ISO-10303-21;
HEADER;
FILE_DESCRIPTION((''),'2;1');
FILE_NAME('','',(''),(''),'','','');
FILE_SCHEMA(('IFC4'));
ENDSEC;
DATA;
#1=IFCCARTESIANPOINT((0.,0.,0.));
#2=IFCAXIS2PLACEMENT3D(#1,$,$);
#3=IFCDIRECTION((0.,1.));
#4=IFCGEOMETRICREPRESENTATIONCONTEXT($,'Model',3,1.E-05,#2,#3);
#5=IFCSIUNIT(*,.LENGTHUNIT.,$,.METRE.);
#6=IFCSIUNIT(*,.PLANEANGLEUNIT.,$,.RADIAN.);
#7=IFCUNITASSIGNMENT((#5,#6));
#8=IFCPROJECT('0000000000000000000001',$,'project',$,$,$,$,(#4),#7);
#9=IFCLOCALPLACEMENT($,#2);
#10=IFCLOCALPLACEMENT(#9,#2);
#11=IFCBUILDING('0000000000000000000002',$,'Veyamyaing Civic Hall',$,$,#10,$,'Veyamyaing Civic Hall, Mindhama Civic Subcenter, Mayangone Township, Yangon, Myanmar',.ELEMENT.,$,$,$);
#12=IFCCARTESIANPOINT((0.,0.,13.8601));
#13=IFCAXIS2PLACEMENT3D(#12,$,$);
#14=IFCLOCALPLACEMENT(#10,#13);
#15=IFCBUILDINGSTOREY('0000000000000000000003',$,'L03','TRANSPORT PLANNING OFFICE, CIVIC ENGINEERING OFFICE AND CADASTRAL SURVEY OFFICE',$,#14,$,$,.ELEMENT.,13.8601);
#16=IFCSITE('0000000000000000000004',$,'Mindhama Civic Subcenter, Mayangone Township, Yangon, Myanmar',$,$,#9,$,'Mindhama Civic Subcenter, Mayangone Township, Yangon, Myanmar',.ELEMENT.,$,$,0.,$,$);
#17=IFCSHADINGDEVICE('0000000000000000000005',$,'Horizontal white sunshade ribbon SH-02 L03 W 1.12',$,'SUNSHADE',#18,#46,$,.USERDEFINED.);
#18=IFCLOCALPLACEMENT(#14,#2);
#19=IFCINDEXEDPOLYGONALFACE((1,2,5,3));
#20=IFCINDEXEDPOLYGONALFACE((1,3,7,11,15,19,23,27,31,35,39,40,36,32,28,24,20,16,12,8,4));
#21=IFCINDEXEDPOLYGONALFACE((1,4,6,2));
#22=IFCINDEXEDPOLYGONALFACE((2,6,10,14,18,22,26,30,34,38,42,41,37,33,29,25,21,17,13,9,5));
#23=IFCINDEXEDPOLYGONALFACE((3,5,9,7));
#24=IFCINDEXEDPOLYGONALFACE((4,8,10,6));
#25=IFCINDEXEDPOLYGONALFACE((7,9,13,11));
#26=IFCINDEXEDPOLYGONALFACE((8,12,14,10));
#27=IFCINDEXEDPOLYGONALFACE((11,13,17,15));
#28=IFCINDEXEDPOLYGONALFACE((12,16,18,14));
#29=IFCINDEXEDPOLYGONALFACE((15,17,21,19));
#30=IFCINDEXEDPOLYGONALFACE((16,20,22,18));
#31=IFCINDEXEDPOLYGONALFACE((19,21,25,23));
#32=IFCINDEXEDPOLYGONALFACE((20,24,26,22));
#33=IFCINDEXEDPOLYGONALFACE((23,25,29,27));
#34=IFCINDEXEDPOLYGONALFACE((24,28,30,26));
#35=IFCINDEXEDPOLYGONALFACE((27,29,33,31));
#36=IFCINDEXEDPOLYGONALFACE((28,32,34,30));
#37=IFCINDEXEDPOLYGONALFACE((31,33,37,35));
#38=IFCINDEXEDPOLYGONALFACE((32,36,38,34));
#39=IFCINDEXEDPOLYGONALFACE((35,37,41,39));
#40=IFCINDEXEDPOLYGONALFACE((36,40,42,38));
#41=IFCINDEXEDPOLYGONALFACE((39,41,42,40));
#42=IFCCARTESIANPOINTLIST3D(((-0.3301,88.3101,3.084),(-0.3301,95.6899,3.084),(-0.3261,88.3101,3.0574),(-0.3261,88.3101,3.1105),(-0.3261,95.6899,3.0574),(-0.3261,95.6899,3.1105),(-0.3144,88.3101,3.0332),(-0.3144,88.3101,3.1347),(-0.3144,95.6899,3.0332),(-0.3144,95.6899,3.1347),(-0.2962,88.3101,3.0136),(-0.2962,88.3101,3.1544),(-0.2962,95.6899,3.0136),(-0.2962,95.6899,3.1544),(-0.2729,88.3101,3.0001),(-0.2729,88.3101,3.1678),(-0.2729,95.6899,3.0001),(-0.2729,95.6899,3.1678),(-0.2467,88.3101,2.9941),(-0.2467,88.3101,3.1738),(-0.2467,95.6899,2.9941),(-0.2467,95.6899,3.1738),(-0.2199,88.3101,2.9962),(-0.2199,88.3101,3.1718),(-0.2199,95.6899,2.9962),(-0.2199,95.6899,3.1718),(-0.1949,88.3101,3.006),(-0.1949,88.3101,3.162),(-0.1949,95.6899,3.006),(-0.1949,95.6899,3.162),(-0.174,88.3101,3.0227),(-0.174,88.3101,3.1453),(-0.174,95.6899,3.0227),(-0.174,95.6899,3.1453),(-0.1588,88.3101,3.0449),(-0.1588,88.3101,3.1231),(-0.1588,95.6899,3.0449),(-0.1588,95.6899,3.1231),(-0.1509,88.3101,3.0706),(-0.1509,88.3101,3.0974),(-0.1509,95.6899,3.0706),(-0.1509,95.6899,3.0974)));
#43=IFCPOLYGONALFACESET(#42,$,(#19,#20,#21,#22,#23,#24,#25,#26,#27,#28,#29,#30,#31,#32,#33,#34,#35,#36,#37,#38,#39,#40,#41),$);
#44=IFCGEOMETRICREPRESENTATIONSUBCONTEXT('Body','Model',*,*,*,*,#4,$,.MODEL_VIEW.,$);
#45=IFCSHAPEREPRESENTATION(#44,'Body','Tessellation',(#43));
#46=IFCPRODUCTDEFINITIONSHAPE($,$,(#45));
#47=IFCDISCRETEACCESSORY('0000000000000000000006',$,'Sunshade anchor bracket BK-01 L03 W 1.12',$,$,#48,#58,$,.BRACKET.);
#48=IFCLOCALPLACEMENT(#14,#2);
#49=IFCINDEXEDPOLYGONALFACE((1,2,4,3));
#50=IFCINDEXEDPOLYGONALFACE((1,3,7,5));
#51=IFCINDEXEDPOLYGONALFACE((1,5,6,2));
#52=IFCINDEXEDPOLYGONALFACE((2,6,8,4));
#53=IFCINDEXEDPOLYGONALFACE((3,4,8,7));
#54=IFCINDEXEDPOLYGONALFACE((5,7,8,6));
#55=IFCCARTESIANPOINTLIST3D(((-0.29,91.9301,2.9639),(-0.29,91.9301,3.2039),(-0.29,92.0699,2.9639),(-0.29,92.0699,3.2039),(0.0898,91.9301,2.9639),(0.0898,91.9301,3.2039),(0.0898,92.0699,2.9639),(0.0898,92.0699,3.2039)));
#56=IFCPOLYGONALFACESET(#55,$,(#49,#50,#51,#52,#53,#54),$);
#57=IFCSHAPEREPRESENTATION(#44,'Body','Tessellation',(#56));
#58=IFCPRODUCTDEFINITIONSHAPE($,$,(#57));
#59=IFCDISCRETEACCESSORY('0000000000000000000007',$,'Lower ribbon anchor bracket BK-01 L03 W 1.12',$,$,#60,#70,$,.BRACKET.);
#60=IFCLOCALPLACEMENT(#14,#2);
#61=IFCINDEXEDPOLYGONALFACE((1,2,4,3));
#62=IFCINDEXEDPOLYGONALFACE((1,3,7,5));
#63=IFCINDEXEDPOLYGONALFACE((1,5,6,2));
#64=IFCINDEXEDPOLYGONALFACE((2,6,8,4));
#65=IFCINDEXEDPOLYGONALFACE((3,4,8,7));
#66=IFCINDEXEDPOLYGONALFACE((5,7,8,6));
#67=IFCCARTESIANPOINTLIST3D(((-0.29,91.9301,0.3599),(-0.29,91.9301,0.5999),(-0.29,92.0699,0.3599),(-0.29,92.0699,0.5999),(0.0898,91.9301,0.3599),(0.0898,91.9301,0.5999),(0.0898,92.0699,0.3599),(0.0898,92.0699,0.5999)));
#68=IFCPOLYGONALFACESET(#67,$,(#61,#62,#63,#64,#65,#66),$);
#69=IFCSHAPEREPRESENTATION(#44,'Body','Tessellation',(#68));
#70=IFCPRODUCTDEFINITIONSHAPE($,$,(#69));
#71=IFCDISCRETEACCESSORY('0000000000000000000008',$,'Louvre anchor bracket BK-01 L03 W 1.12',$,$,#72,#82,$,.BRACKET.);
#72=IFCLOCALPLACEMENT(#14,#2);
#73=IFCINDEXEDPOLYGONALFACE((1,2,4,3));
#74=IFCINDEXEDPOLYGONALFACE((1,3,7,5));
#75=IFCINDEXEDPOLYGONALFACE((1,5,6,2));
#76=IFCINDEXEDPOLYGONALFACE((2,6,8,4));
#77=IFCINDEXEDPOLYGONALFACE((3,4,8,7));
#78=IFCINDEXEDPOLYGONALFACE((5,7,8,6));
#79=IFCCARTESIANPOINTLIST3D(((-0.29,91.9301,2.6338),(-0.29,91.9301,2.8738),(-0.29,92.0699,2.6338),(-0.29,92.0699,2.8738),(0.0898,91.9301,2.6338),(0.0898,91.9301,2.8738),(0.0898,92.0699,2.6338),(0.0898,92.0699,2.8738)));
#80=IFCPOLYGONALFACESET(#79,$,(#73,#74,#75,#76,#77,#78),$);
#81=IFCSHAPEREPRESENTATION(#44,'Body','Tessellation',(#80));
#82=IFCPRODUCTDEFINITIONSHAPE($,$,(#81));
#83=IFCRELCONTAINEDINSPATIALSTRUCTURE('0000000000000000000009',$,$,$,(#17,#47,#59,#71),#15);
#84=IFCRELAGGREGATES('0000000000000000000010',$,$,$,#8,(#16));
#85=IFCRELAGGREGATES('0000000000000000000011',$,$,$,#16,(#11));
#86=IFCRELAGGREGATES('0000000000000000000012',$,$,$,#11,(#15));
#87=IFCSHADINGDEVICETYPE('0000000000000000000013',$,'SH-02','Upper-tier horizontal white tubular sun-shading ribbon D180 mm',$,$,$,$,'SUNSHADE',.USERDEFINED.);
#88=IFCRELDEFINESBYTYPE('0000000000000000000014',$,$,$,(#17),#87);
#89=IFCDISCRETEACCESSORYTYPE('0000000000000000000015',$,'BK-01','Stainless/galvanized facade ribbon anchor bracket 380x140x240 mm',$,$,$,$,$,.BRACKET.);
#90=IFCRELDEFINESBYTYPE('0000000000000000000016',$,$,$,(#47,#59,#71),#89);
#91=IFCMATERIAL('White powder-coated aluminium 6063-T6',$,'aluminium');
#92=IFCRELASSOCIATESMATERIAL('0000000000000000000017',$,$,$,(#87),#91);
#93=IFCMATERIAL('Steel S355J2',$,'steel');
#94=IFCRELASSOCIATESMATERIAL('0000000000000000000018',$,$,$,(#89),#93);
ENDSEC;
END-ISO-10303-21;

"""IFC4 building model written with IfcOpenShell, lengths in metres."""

from ifc_helpers import new_model, si_unit, direction, frame, origin, origin_2d, place, context, subcontext, project, spatial, rectangle, circle, extrude, material, material_profile, profile_set, type_object, element, save


model = new_model("IFC4")

# Units and contexts
model_context = context("Model", 3, precision=1e-05, world=origin(), true_north=direction((0.0, 1.0)))
body_context = subcontext(model_context, "Body", "Model", "MODEL_VIEW")
ifc_project = project(units=[si_unit("LENGTHUNIT", "METRE"), si_unit("PLANEANGLEUNIT", "RADIAN")], contexts=[model_context])

# Site, building, storey
site_placement = place(None, origin())
site = spatial("IfcSite", under=ifc_project, at=site_placement, Name="Mindhama Civic Subcenter, Mayangone Township, Yangon, Myanmar", LongName="Mindhama Civic Subcenter, Mayangone Township, Yangon, Myanmar", CompositionType="ELEMENT", RefElevation=0.0)
building_placement = place(site_placement, origin())
building = spatial("IfcBuilding", under=site, at=building_placement, Name="Veyamyaing Civic Hall", LongName="Veyamyaing Civic Hall, Mindhama Civic Subcenter, Mayangone Township, Yangon, Myanmar", CompositionType="ELEMENT")
storey_placement = place(building_placement, frame((0.0, 0.0, 13.8601)))
storey = spatial("IfcBuildingStorey", under=building, at=storey_placement, Name="L03", Description="TRANSPORT PLANNING OFFICE, CIVIC ENGINEERING OFFICE AND CADASTRAL SURVEY OFFICE", CompositionType="ELEMENT", Elevation=13.8601)

# Shared definitions
ifc_material_1 = material(Name="Steel S355J2", Category="steel")

# Shared definitions
ifc_material_2 = material(Name="White powder-coated aluminium 6063-T6", Category="aluminium")

# Shading device
ifc_material_profile_1 = material_profile(ifc_material_2, circle(Radius=0.0901, at=origin_2d()), Name="SHADE-TUBE-180")
ifc_profile_set_1 = profile_set([ifc_material_profile_1], Name="White powder-coated aluminium 6063-T6")
shading_device_type_1 = type_object("IfcShadingDeviceType", Name="SH-02", Description="Upper-tier horizontal white tubular sun-shading ribbon D180 mm", ElementType="SUNSHADE", PredefinedType="USERDEFINED", material=ifc_profile_set_1)
shading_device_1_placement = place(storey_placement, frame((-0.24, 88.3101, 3.084), z_axis=(0.0, 1.0, 0.0), x_axis=(-1.0, 0.0, 0.0)))
element("IfcShadingDevice", 1, at=shading_device_1_placement, inside=storey, type_object=shading_device_type_1, Name="Horizontal white sunshade ribbon SH-02 L03 W 1.12", ObjectType="SUNSHADE", PredefinedType="USERDEFINED", context=body_context, shape_type="SweptSolid", body=[
    extrude(circle(Radius=0.0901, at=origin_2d()), origin(), (0.0, 0.0, 1.0), 7.3799),
])

# Discrete accessories
discrete_accessory_type = type_object("IfcDiscreteAccessoryType", Name="BK-01", Description="Stainless/galvanized facade ribbon anchor bracket 380x140x240 mm", PredefinedType="BRACKET", material=ifc_material_1)
for number, where, z_axis, x_axis, name in (
    (2, (-0.1001, 92.0, 2.9639), (0.0, 0.0, 1.0), (-1.0, 0.0, 0.0), "Sunshade anchor bracket BK-01 L03 W 1.12"),
    (3, (-0.1001, 92.0, 0.3599), (0.0, 0.0, 1.0), (-1.0, 0.0, 0.0), "Lower ribbon anchor bracket BK-01 L03 W 1.12"),
    (4, (-0.1001, 92.0, 2.6338), (0.0, 0.0, 1.0), (-1.0, 0.0, 0.0), "Louvre anchor bracket BK-01 L03 W 1.12"),
):
    element("IfcDiscreteAccessory", number, at=place(storey_placement, frame(where, z_axis=z_axis, x_axis=x_axis)), inside=storey, type_object=discrete_accessory_type, Name=name, PredefinedType="BRACKET", context=body_context, shape_type="SweptSolid", body=[
        extrude(rectangle(XDim=0.3799, YDim=0.1399, at=origin_2d()), origin(), (0.0, 0.0, 1.0), 0.24),
    ])

save(model, "model.ifc")
